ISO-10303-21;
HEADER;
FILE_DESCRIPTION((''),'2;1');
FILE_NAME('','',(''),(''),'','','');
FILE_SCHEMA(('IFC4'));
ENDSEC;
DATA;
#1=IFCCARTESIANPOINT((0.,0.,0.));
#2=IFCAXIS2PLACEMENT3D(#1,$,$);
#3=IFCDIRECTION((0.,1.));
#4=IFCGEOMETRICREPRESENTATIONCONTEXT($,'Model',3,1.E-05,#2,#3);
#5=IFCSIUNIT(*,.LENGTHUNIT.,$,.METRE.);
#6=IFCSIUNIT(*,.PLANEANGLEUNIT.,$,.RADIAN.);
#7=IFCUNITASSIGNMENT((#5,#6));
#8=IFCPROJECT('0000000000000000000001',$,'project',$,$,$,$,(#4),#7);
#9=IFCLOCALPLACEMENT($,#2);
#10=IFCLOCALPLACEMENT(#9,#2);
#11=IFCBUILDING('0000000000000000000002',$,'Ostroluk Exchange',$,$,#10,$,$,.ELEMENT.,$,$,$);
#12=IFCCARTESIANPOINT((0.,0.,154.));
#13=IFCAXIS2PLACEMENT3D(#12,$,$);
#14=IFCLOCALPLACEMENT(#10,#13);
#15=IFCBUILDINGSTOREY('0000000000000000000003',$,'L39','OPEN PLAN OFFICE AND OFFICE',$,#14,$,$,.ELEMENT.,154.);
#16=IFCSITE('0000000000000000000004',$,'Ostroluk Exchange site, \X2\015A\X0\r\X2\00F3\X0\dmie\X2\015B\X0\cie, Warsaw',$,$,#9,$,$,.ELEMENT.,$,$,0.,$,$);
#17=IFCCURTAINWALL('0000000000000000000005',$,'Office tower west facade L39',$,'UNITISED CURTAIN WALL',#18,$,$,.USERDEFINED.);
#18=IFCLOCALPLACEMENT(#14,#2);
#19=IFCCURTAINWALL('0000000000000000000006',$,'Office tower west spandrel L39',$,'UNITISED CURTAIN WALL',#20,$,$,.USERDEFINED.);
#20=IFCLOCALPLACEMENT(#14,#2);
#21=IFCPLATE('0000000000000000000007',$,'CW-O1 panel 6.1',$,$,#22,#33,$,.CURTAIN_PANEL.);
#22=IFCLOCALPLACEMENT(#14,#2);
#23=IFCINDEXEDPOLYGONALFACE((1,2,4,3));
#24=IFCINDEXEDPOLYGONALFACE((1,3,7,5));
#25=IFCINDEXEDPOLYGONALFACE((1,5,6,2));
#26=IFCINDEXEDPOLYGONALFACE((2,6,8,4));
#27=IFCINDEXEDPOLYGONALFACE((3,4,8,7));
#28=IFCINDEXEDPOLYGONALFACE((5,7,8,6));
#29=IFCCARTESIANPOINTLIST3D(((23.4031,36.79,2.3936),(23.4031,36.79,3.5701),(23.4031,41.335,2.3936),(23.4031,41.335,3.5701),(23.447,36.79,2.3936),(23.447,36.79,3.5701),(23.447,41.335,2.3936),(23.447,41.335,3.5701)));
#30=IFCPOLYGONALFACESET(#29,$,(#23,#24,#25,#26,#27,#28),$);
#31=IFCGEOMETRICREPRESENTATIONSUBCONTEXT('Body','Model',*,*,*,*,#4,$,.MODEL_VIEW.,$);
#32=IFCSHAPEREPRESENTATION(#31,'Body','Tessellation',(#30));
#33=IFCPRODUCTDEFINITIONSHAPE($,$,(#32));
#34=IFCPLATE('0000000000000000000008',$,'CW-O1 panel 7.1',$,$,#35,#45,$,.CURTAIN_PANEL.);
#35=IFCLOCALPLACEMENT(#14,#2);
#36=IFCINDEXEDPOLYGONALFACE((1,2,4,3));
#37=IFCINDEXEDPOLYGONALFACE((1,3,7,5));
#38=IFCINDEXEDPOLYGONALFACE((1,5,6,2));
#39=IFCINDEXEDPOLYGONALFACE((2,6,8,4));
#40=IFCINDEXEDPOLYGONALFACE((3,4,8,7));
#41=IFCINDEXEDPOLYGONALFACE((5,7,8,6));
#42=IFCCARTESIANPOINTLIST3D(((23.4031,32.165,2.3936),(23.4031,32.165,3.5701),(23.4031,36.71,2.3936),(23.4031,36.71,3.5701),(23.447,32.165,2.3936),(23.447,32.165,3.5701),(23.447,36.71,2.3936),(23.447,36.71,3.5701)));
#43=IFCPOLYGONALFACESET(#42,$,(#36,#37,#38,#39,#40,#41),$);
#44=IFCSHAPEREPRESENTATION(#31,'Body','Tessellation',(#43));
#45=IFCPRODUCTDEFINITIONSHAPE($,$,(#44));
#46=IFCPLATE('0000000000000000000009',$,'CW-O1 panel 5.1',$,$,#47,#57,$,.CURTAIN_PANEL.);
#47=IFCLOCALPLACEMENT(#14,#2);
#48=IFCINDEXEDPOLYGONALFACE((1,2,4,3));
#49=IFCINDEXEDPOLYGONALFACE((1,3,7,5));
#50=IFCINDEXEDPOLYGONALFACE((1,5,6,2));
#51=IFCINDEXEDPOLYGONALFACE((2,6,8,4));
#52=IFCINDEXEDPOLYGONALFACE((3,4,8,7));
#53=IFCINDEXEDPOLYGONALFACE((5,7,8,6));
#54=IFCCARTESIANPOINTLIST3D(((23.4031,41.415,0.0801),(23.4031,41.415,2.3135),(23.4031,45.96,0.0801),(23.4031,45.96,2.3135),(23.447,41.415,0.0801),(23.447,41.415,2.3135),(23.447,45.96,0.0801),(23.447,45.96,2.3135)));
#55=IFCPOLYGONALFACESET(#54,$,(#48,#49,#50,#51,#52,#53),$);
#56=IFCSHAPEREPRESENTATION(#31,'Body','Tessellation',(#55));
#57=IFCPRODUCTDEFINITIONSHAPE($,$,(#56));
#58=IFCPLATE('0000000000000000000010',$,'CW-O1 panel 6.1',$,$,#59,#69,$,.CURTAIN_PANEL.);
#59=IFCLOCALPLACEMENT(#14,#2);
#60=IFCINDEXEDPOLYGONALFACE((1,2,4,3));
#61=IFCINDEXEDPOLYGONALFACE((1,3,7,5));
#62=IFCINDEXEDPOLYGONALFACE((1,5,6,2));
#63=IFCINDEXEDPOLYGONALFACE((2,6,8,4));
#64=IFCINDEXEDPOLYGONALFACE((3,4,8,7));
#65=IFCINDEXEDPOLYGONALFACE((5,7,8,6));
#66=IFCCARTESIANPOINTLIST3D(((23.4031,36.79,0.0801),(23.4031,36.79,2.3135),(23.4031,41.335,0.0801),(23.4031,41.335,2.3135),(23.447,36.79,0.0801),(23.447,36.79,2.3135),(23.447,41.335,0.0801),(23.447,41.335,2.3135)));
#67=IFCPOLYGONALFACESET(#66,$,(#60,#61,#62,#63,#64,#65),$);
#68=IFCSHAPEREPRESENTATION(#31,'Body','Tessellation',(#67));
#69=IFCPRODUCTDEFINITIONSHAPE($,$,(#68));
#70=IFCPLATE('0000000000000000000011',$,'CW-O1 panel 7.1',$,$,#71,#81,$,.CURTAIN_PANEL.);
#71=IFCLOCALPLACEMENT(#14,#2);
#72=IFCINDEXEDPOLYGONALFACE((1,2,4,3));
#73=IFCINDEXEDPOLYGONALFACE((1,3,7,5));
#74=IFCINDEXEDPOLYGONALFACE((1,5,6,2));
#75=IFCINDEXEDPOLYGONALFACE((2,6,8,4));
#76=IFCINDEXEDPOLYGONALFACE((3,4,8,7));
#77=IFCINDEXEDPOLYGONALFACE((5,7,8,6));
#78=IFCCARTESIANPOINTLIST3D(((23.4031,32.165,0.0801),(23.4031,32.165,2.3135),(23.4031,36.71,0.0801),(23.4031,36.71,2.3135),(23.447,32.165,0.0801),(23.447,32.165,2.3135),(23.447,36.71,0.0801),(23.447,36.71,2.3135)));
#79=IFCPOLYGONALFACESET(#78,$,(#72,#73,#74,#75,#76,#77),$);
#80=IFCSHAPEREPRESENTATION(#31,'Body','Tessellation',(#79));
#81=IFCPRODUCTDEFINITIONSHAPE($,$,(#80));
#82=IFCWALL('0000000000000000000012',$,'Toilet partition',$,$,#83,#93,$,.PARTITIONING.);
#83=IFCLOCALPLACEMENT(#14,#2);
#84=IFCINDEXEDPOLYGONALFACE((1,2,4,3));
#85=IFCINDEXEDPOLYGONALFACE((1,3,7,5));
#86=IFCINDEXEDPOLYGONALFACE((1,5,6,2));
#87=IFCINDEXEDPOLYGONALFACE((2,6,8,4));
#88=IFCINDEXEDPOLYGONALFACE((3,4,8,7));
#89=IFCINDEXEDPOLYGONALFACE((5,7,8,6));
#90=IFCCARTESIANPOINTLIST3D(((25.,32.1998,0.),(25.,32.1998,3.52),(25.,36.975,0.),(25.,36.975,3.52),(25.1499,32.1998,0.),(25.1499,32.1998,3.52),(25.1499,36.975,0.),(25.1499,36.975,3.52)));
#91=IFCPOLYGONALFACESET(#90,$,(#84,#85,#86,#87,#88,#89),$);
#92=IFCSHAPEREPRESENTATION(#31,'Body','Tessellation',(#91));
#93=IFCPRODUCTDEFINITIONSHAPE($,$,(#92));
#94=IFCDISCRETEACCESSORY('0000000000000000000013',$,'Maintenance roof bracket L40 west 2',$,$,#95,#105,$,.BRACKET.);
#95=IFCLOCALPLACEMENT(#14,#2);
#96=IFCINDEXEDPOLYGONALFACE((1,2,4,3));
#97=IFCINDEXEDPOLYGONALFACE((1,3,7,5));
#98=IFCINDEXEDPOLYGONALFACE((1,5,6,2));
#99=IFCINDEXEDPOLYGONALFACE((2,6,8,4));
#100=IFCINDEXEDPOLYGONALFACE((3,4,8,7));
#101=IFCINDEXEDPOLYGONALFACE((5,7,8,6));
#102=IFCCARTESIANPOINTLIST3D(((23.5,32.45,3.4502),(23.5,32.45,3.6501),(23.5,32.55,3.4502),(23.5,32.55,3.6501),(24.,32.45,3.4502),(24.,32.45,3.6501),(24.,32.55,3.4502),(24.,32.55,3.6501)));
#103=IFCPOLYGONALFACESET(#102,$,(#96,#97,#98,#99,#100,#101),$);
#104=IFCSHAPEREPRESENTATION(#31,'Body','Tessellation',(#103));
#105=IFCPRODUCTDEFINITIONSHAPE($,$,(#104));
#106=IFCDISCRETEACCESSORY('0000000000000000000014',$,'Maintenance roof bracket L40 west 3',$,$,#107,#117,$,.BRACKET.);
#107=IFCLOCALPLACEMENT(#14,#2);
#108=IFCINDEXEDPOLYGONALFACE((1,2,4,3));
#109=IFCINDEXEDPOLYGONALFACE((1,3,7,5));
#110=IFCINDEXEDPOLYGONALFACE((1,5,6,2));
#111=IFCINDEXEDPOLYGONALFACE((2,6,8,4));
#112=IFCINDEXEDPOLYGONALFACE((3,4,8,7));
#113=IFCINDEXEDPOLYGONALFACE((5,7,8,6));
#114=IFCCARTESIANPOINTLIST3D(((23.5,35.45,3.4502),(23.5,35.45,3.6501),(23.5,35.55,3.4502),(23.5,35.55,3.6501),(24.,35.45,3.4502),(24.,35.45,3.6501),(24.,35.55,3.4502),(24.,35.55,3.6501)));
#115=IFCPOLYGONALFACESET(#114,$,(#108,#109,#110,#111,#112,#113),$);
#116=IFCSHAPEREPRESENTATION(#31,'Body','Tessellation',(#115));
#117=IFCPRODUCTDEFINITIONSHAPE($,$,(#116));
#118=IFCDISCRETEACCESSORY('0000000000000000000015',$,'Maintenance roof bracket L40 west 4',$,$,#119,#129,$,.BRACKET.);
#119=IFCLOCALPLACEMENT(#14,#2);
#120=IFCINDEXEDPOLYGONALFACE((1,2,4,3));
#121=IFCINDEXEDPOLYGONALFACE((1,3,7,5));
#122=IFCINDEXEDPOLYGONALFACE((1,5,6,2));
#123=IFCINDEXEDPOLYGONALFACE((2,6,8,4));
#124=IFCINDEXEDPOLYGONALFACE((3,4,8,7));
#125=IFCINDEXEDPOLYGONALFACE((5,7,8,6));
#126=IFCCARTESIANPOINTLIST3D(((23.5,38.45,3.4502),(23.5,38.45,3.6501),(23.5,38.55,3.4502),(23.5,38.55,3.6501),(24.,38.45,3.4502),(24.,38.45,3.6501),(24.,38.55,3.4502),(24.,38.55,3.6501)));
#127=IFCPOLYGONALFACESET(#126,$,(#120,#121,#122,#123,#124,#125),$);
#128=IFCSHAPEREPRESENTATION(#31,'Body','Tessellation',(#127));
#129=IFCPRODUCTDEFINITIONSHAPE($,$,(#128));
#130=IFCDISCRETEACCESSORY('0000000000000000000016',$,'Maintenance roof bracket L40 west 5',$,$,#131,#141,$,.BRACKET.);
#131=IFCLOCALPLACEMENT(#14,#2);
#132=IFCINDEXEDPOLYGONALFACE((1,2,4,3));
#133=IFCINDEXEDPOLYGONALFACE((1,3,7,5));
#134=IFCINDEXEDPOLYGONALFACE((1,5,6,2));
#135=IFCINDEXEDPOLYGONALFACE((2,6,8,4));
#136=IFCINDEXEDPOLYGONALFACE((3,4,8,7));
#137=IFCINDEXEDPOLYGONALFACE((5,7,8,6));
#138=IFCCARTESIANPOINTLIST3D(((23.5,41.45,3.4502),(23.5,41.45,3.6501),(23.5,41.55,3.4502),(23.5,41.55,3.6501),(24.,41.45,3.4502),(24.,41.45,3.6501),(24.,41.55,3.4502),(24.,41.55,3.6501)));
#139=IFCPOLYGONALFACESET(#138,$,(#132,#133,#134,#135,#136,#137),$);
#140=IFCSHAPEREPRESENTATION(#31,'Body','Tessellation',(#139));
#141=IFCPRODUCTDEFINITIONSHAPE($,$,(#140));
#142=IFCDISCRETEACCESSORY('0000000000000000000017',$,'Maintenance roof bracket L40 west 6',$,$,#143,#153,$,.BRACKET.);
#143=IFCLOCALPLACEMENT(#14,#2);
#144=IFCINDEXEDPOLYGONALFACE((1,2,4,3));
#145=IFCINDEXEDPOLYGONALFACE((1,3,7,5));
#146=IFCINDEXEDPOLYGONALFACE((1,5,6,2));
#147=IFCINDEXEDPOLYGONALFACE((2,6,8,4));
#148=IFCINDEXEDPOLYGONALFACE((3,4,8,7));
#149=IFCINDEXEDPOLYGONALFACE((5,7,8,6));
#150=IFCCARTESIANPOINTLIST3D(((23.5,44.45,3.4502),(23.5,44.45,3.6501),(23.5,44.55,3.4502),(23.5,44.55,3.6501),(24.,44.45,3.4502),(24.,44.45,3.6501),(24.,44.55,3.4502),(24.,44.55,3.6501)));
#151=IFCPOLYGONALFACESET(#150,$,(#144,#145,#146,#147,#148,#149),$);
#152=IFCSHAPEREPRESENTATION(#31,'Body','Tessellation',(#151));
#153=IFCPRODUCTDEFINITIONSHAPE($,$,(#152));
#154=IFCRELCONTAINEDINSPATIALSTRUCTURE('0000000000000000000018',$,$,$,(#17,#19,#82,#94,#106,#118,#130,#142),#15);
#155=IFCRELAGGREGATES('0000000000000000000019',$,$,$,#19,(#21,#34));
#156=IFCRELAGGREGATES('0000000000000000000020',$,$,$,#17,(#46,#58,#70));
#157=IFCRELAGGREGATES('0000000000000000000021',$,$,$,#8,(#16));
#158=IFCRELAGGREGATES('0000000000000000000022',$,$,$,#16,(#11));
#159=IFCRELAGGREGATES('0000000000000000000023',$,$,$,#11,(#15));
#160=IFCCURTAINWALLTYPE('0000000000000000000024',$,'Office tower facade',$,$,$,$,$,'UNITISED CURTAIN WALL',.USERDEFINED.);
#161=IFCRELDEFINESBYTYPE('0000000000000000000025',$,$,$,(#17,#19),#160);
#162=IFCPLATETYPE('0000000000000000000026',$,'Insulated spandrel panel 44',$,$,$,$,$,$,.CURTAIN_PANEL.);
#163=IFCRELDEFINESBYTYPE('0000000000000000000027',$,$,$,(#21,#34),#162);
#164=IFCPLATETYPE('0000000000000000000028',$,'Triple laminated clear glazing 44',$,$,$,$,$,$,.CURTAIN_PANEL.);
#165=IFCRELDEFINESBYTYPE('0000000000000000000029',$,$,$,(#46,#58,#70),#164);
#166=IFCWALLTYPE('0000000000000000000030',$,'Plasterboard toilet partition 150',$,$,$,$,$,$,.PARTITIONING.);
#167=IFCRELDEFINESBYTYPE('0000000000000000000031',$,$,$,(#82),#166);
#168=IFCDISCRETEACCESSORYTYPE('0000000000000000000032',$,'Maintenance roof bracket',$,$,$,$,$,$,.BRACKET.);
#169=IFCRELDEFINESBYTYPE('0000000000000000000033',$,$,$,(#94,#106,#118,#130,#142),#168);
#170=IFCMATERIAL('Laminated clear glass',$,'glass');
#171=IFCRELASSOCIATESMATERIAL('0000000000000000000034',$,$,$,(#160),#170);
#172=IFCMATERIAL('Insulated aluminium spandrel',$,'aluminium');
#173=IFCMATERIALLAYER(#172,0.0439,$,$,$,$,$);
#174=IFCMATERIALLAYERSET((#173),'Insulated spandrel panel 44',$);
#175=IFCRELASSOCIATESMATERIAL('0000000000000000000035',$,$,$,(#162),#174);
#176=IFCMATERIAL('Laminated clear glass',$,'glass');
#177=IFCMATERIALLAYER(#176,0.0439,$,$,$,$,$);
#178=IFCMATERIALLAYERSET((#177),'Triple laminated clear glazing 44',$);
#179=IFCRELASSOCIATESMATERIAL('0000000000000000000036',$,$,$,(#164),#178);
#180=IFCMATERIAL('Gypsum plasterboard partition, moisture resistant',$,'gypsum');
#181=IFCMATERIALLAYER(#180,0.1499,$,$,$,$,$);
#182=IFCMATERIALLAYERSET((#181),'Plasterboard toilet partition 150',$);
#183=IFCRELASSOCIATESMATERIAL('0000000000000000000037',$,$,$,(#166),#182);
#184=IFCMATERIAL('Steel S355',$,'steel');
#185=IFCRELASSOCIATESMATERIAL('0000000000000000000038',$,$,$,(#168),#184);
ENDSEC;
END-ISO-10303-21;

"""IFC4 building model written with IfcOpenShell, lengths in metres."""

from ifc_helpers import new_model, si_unit, direction, frame, frame_2d, origin, origin_2d, place, context, subcontext, project, spatial, rectangle, extrude, material, layer, layer_set, type_object, element, aggregate, save


model = new_model("IFC4")

# Units and contexts
model_context = context("Model", 3, precision=1e-05, world=origin(), true_north=direction((0.0, 1.0)))
body_context = subcontext(model_context, "Body", "Model", "MODEL_VIEW")
ifc_project = project(units=[si_unit("LENGTHUNIT", "METRE"), si_unit("PLANEANGLEUNIT", "RADIAN")], contexts=[model_context])

# Site, building, storey
site_placement = place(None, origin())
site = spatial("IfcSite", under=ifc_project, at=site_placement, Name="Ostroluk Exchange site, Śródmieście, Warsaw", CompositionType="ELEMENT", RefElevation=0.0)
building_placement = place(site_placement, origin())
building = spatial("IfcBuilding", under=site, at=building_placement, Name="Ostroluk Exchange", CompositionType="ELEMENT")
storey_placement = place(building_placement, frame((0.0, 0.0, 154.0)))
storey = spatial("IfcBuildingStorey", under=building, at=storey_placement, Name="L39", Description="OPEN PLAN OFFICE AND OFFICE", CompositionType="ELEMENT", Elevation=154.0)

# Curtain walls
ifc_material_1 = material(Name="Laminated clear glass", Category="glass")
curtain_wall_type = type_object("IfcCurtainWallType", Name="Office tower facade", ElementType="UNITISED CURTAIN WALL", PredefinedType="USERDEFINED", material=ifc_material_1)
curtain_wall_1_placement = place(storey_placement, origin())
curtain_wall_1 = element("IfcCurtainWall", 1, at=curtain_wall_1_placement, inside=storey, type_object=curtain_wall_type, Name="Office tower west facade L39", ObjectType="UNITISED CURTAIN WALL", PredefinedType="USERDEFINED")
curtain_wall_2_placement = place(storey_placement, origin())
curtain_wall_2 = element("IfcCurtainWall", 2, at=curtain_wall_2_placement, inside=storey, type_object=curtain_wall_type, Name="Office tower west spandrel L39", ObjectType="UNITISED CURTAIN WALL", PredefinedType="USERDEFINED")

# Plates
ifc_material_2 = material(Name="Insulated aluminium spandrel", Category="aluminium")
ifc_layer_1 = layer(ifc_material_2, 0.0439)
ifc_layer_set_1 = layer_set([ifc_layer_1], Name="Insulated spandrel panel 44")
plate_type_1 = type_object("IfcPlateType", Name="Insulated spandrel panel 44", PredefinedType="CURTAIN_PANEL", material=ifc_layer_set_1)
plate_1_placement = place(storey_placement, frame((23.425, 39.0625, 2.3936), z_axis=(0.0, 0.0, 1.0), x_axis=(0.0, -1.0, 0.0)))
plate_1 = element("IfcPlate", 3, at=plate_1_placement, type_object=plate_type_1, Name="CW-O1 panel 6.1", PredefinedType="CURTAIN_PANEL", context=body_context, shape_type="SweptSolid", body=[
    extrude(rectangle(XDim=4.5449, YDim=0.0439, at=origin_2d()), origin(), (0.0, 0.0, 1.0), 1.1765),
])
plate_2_placement = place(storey_placement, frame((23.425, 34.4375, 2.3936), z_axis=(0.0, 0.0, 1.0), x_axis=(0.0, -1.0, 0.0)))
plate_2 = element("IfcPlate", 4, at=plate_2_placement, type_object=plate_type_1, Name="CW-O1 panel 7.1", PredefinedType="CURTAIN_PANEL", context=body_context, shape_type="SweptSolid", body=[
    extrude(rectangle(XDim=4.5449, YDim=0.0439, at=origin_2d()), origin(), (0.0, 0.0, 1.0), 1.1765),
])
aggregate(curtain_wall_2, [plate_1, plate_2])
ifc_material_3 = material(Name="Laminated clear glass", Category="glass")
ifc_layer_2 = layer(ifc_material_3, 0.0439)
ifc_layer_set_2 = layer_set([ifc_layer_2], Name="Triple laminated clear glazing 44")
plate_type_2 = type_object("IfcPlateType", Name="Triple laminated clear glazing 44", PredefinedType="CURTAIN_PANEL", material=ifc_layer_set_2)
plate_3_placement = place(storey_placement, frame((23.425, 43.6875, 0.0801), z_axis=(0.0, 0.0, 1.0), x_axis=(0.0, -1.0, 0.0)))
plate_3 = element("IfcPlate", 5, at=plate_3_placement, type_object=plate_type_2, Name="CW-O1 panel 5.1", PredefinedType="CURTAIN_PANEL", context=body_context, shape_type="SweptSolid", body=[
    extrude(rectangle(XDim=4.5449, YDim=0.0439, at=origin_2d()), origin(), (0.0, 0.0, 1.0), 2.2334),
])
plate_4_placement = place(storey_placement, frame((23.425, 39.0625, 0.0801), z_axis=(0.0, 0.0, 1.0), x_axis=(0.0, -1.0, 0.0)))
plate_4 = element("IfcPlate", 6, at=plate_4_placement, type_object=plate_type_2, Name="CW-O1 panel 6.1", PredefinedType="CURTAIN_PANEL", context=body_context, shape_type="SweptSolid", body=[
    extrude(rectangle(XDim=4.5449, YDim=0.0439, at=origin_2d()), origin(), (0.0, 0.0, 1.0), 2.2334),
])
plate_5_placement = place(storey_placement, frame((23.425, 34.4375, 0.0801), z_axis=(0.0, 0.0, 1.0), x_axis=(0.0, -1.0, 0.0)))
plate_5 = element("IfcPlate", 7, at=plate_5_placement, type_object=plate_type_2, Name="CW-O1 panel 7.1", PredefinedType="CURTAIN_PANEL", context=body_context, shape_type="SweptSolid", body=[
    extrude(rectangle(XDim=4.5449, YDim=0.0439, at=origin_2d()), origin(), (0.0, 0.0, 1.0), 2.2334),
])
aggregate(curtain_wall_1, [plate_3, plate_4, plate_5])

# Wall
ifc_material_4 = material(Name="Gypsum plasterboard partition, moisture resistant", Category="gypsum")
ifc_layer_3 = layer(ifc_material_4, 0.1499)
ifc_layer_set_3 = layer_set([ifc_layer_3], Name="Plasterboard toilet partition 150")
wall_type = type_object("IfcWallType", Name="Plasterboard toilet partition 150", PredefinedType="PARTITIONING", material=ifc_layer_set_3)
wall_placement = place(storey_placement, frame((25.075, 36.9751, 0.0), z_axis=(0.0, 0.0, 1.0), x_axis=(0.0, -1.0, 0.0)))
element("IfcWall", 8, at=wall_placement, inside=storey, type_object=wall_type, Name="Toilet partition", PredefinedType="PARTITIONING", context=body_context, shape_type="SweptSolid", body=[
    extrude(rectangle(XDim=4.7751, YDim=0.1499, at=frame_2d((2.3877, 0.0))), origin(), (0.0, 0.0, 1.0), 3.52),
])

# Discrete accessories
ifc_material_5 = material(Name="Steel S355", Category="steel")
discrete_accessory_type = type_object("IfcDiscreteAccessoryType", Name="Maintenance roof bracket", PredefinedType="BRACKET", material=ifc_material_5)
for number, where, z_axis, x_axis, name in (
    (9, (23.75, 32.5, 3.4502), (0.0, 0.0, 1.0), (1.0, 0.0, 0.0), "Maintenance roof bracket L40 west 2"),
    (10, (23.75, 35.5, 3.4502), (0.0, 0.0, 1.0), (1.0, 0.0, 0.0), "Maintenance roof bracket L40 west 3"),
    (11, (23.75, 38.5, 3.4502), (0.0, 0.0, 1.0), (1.0, 0.0, 0.0), "Maintenance roof bracket L40 west 4"),
    (12, (23.75, 41.5, 3.4502), (0.0, 0.0, 1.0), (1.0, 0.0, 0.0), "Maintenance roof bracket L40 west 5"),
    (13, (23.75, 44.5, 3.4502), (0.0, 0.0, 1.0), (1.0, 0.0, 0.0), "Maintenance roof bracket L40 west 6"),
):
    element("IfcDiscreteAccessory", number, at=place(storey_placement, frame(where, z_axis=z_axis, x_axis=x_axis)), inside=storey, type_object=discrete_accessory_type, Name=name, PredefinedType="BRACKET", context=body_context, shape_type="SweptSolid", body=[
        extrude(rectangle(XDim=0.5, YDim=0.1001, at=origin_2d()), origin(), (0.0, 0.0, 1.0), 0.2),
    ])

save(model, "model.ifc")
